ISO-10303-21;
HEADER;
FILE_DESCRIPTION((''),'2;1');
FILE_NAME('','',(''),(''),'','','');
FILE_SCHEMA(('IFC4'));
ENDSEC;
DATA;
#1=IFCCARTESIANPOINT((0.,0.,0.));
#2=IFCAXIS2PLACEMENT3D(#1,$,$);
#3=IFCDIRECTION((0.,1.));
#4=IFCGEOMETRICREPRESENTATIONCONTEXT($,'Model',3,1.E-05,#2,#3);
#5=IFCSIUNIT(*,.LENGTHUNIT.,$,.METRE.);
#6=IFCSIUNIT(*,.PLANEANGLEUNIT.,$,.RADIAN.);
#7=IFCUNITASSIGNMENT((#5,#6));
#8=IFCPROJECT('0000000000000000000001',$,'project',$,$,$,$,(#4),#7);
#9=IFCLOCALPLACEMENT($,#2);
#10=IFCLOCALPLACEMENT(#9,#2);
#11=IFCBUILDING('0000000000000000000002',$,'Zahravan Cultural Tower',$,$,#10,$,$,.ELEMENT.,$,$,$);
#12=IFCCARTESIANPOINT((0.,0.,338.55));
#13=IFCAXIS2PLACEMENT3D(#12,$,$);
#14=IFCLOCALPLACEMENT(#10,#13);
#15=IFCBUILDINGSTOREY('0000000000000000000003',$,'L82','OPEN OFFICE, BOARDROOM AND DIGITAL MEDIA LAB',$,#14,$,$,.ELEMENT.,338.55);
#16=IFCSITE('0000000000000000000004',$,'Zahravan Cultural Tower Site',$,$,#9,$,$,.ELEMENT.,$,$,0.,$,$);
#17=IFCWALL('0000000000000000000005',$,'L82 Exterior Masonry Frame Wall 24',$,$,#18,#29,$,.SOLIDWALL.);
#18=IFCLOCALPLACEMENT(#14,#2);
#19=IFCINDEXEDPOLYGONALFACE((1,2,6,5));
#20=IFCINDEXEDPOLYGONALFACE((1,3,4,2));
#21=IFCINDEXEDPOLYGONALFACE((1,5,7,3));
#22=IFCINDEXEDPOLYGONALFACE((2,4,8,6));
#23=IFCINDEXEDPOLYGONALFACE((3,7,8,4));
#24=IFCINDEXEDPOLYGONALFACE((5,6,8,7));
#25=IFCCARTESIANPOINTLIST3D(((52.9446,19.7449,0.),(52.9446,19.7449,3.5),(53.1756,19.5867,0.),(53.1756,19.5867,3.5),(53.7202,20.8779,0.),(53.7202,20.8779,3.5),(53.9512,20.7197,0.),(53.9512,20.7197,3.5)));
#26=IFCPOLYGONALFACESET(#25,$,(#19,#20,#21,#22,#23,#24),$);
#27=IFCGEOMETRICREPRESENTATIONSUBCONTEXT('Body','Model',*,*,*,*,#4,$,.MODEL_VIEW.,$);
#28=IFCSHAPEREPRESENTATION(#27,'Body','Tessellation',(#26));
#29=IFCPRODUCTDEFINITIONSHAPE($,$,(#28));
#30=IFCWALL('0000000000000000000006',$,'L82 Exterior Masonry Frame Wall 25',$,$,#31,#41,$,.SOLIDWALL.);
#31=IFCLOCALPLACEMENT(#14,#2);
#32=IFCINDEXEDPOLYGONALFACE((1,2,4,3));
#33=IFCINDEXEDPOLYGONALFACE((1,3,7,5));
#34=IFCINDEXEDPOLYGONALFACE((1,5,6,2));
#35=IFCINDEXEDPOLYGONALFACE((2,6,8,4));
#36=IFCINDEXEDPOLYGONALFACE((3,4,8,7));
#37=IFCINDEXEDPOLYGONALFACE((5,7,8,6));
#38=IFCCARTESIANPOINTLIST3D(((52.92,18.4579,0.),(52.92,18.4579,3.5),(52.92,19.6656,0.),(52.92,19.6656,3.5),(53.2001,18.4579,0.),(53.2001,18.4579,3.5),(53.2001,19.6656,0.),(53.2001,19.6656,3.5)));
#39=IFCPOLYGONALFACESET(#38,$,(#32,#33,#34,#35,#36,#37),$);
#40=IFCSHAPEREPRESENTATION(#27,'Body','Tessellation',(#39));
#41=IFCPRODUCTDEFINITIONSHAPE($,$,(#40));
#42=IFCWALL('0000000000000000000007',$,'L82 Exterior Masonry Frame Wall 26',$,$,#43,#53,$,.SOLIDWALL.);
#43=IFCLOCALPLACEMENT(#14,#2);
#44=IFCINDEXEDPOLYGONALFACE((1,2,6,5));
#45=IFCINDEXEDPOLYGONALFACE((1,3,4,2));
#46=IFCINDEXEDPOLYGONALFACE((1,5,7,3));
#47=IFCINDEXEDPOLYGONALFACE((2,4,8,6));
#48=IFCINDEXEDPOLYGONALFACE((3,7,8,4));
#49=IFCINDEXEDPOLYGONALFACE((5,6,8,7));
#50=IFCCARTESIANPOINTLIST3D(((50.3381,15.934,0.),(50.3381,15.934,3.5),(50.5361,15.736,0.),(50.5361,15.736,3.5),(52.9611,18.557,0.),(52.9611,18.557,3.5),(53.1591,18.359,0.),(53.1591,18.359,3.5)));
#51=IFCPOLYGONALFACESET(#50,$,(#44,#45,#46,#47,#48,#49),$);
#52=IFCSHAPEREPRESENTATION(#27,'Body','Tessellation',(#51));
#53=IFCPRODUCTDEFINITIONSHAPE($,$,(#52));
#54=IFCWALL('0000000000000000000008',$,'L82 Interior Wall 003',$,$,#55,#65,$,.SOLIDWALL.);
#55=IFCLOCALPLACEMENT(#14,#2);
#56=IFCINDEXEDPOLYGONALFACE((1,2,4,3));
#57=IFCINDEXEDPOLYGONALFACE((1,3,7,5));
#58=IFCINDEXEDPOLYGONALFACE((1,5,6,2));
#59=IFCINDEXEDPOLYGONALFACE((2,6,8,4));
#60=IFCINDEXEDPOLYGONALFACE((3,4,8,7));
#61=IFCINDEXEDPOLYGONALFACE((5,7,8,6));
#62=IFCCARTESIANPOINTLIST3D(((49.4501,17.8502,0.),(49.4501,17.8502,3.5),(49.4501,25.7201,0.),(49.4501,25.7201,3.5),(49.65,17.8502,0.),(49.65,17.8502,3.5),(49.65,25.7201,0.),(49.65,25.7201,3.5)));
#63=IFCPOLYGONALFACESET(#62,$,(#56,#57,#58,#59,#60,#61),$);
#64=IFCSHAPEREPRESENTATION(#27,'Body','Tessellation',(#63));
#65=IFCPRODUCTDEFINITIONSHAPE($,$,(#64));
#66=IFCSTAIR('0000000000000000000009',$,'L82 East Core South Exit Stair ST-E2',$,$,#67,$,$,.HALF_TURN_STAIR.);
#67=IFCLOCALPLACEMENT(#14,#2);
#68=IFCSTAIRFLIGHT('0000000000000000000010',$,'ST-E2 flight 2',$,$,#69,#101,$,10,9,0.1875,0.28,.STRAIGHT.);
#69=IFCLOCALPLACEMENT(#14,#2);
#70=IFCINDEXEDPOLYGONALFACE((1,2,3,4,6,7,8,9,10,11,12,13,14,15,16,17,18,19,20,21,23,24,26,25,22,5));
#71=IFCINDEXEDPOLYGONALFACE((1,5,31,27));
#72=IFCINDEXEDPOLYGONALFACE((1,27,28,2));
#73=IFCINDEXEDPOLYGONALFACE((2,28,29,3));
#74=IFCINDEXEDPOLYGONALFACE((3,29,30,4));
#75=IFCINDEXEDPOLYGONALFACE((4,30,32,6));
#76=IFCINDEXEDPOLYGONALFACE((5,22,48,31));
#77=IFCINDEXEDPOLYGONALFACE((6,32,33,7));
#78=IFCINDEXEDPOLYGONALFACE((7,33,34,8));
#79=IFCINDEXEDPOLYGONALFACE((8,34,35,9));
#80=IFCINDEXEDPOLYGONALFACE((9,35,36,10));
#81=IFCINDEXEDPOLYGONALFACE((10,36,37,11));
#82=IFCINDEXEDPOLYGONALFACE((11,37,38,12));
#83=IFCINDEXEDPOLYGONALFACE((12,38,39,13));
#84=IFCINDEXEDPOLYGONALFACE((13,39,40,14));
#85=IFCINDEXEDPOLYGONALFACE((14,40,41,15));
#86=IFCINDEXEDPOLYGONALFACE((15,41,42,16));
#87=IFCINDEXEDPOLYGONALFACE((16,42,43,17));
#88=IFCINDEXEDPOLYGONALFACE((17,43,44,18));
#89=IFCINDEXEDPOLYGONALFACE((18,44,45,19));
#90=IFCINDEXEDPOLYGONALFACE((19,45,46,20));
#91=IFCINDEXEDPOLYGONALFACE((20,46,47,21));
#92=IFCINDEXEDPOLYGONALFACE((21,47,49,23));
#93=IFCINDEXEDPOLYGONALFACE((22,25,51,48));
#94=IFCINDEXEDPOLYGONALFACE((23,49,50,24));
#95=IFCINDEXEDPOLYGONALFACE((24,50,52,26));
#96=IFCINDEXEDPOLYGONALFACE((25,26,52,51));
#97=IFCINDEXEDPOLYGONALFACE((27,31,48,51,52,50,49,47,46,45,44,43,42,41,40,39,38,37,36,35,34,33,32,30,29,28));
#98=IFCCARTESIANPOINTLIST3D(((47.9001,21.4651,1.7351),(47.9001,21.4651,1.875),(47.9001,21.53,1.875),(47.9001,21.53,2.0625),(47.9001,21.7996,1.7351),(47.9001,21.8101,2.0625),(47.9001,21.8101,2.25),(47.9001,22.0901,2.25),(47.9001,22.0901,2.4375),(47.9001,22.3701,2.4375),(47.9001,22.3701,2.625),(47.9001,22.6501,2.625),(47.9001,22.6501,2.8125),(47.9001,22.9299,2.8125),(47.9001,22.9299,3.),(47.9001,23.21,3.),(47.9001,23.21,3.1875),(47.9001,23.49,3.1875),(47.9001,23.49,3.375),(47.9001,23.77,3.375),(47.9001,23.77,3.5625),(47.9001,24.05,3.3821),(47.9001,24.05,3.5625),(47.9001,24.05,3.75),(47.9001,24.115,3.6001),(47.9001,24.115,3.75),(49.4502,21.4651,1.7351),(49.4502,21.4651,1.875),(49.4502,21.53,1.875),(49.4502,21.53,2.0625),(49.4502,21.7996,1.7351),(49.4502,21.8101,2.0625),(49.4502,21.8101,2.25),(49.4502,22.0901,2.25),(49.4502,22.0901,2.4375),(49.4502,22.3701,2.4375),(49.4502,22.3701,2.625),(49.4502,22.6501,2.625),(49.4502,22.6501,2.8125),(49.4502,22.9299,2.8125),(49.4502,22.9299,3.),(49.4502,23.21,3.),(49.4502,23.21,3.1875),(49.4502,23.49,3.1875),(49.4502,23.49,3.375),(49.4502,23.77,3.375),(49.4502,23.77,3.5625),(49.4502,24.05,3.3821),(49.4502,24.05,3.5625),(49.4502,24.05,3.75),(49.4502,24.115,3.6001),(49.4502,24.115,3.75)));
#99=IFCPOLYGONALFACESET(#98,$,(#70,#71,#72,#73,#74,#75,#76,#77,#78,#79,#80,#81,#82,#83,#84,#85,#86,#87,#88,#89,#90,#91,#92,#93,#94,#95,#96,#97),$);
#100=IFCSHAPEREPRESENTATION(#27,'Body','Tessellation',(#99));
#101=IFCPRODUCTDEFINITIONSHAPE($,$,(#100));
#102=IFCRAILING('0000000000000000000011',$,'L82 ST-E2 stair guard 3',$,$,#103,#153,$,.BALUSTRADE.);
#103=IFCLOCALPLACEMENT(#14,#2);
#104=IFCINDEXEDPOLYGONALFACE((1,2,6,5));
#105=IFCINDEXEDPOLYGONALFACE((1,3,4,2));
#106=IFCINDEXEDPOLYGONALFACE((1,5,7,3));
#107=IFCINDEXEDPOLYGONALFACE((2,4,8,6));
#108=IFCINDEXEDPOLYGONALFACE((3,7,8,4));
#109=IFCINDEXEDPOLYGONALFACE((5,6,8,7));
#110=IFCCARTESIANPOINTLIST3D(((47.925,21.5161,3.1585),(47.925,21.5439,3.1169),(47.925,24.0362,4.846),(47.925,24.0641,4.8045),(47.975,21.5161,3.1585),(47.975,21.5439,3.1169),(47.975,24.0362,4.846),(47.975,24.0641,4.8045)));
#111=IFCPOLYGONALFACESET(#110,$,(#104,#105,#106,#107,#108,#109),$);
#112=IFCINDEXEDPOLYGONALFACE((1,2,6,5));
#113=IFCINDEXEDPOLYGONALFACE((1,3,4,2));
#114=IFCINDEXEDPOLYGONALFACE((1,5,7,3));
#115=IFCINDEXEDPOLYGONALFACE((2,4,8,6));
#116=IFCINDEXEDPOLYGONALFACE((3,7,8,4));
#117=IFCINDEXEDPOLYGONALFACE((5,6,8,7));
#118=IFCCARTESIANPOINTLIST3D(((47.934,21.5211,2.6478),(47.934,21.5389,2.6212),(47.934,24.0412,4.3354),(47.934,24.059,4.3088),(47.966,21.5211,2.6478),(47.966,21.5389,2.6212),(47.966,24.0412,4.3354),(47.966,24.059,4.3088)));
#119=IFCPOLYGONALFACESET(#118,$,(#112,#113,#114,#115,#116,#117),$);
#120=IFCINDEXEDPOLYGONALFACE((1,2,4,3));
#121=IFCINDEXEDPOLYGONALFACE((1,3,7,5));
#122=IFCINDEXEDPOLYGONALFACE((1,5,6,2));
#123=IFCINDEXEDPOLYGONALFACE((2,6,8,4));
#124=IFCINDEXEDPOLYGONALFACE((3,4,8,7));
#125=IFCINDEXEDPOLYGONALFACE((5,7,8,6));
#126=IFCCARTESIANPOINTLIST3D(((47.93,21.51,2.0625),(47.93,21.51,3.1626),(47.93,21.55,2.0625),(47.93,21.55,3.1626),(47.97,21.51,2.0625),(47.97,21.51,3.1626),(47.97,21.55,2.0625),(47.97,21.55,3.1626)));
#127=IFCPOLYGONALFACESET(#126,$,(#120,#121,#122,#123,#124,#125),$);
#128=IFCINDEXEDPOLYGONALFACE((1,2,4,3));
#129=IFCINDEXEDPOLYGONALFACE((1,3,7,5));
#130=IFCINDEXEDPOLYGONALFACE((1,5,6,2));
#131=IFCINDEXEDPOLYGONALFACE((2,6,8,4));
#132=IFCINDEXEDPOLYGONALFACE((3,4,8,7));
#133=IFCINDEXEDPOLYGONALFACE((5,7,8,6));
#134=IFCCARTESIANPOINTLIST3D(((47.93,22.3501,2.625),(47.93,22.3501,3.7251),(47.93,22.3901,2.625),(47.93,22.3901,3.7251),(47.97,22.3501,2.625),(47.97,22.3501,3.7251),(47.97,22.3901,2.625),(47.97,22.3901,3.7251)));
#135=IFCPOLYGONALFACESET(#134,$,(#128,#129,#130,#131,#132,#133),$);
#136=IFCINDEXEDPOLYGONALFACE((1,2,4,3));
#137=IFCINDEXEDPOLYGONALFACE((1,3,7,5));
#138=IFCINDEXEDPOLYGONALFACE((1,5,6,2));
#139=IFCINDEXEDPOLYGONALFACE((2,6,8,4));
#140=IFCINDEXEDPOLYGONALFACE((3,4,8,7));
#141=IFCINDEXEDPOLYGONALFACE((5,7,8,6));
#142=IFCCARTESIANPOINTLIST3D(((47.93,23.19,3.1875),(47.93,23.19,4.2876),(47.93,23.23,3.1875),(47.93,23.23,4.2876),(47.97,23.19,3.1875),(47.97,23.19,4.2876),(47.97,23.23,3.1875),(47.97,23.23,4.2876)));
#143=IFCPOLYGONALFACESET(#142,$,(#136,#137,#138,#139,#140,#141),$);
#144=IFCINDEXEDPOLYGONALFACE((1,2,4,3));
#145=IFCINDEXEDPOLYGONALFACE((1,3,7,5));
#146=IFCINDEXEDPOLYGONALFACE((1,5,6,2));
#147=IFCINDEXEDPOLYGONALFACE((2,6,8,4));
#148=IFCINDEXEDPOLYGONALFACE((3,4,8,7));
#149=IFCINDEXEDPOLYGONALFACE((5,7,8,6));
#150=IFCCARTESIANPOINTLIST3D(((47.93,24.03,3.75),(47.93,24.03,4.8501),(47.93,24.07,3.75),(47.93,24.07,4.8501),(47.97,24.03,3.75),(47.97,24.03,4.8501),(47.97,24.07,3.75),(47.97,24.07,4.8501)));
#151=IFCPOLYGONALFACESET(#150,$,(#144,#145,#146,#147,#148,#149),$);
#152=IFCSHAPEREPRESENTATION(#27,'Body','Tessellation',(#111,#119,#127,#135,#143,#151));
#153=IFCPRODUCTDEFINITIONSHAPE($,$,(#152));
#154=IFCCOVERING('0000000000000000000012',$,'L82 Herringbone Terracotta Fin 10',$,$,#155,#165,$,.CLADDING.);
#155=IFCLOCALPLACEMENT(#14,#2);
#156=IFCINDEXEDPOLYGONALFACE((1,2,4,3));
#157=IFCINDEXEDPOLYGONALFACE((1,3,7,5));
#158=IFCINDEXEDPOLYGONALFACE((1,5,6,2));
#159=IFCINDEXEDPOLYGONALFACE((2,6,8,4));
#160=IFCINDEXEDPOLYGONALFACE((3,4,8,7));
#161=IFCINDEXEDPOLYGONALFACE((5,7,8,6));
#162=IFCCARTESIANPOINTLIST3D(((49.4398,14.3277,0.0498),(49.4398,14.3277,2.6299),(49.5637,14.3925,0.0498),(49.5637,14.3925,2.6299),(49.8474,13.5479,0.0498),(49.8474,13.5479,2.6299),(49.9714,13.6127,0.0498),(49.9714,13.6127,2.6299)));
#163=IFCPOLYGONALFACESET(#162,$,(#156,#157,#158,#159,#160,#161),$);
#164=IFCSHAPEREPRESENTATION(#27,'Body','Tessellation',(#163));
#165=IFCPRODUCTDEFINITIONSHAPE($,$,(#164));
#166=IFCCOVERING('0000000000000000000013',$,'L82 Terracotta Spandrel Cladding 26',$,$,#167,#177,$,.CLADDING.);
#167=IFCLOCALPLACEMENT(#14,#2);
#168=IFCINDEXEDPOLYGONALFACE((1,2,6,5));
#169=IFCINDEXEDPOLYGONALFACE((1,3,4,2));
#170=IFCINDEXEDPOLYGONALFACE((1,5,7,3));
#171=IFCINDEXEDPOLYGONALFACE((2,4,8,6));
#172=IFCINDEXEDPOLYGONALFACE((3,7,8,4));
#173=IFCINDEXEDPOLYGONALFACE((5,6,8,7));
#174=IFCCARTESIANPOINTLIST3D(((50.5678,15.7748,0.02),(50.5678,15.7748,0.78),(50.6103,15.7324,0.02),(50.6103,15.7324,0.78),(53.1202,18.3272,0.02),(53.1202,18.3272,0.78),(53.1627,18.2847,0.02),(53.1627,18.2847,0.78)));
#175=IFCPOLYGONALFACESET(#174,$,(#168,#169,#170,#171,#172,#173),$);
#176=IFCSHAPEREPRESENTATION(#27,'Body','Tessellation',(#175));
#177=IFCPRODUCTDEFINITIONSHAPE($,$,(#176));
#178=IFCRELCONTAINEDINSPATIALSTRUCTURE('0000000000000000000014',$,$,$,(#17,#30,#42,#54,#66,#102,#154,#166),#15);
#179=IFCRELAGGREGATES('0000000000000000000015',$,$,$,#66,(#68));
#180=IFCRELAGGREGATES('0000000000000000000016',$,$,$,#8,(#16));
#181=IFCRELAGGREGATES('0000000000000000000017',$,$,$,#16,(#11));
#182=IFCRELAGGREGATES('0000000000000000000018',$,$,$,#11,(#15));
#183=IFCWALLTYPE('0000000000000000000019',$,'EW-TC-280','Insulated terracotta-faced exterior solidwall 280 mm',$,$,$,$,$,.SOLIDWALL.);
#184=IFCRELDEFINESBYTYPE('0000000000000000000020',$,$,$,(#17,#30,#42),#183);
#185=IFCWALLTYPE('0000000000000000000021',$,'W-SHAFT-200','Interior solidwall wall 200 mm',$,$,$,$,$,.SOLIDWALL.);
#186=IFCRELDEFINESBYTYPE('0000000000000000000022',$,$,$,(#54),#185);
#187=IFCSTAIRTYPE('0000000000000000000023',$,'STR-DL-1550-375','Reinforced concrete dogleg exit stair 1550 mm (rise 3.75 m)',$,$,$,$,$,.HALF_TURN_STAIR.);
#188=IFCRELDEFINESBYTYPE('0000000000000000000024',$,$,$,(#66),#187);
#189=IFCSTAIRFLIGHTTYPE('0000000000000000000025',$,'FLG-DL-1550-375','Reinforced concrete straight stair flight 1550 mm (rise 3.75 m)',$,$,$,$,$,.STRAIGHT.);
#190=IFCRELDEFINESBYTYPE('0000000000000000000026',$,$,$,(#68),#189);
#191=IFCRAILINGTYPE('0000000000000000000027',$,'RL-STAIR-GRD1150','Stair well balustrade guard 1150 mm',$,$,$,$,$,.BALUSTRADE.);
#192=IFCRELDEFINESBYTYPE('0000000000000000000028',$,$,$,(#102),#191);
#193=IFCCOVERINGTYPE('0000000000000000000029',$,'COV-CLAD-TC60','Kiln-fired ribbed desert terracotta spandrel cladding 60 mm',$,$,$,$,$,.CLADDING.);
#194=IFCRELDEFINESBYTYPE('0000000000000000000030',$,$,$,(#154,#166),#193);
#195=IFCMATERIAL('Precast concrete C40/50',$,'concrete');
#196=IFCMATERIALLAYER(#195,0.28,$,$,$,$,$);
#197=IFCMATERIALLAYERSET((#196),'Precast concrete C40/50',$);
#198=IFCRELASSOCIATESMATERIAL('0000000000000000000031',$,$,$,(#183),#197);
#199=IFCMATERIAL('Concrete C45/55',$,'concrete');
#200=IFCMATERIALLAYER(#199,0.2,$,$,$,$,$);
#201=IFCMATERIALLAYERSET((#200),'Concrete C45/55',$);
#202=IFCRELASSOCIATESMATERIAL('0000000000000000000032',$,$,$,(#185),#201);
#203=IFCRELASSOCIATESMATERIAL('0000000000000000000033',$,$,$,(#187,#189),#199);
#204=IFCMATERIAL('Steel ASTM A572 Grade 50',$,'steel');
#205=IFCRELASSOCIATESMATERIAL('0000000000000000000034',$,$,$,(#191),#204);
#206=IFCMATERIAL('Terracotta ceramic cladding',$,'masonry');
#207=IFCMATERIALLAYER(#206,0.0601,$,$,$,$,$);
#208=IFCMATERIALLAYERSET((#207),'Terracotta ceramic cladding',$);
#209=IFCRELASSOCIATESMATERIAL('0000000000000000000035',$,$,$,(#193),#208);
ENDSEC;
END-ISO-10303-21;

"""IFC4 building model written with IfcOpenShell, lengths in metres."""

from ifc_helpers import new_model, si_unit, direction, frame, frame_2d, origin, origin_2d, place, context, subcontext, project, spatial, polyline, rectangle, outline, extrude, source, transform, mapped, material, layer, layer_set, type_object, element, aggregate, save


model = new_model("IFC4")

# Units and contexts
model_context = context("Model", 3, precision=1e-05, world=origin(), true_north=direction((0.0, 1.0)))
body_context = subcontext(model_context, "Body", "Model", "MODEL_VIEW")
ifc_project = project(units=[si_unit("LENGTHUNIT", "METRE"), si_unit("PLANEANGLEUNIT", "RADIAN")], contexts=[model_context])

# Site, building, storey
site_placement = place(None, origin())
site = spatial("IfcSite", under=ifc_project, at=site_placement, Name="Zahravan Cultural Tower Site", CompositionType="ELEMENT", RefElevation=0.0)
building_placement = place(site_placement, origin())
building = spatial("IfcBuilding", under=site, at=building_placement, Name="Zahravan Cultural Tower", CompositionType="ELEMENT")
storey_placement = place(building_placement, frame((0.0, 0.0, 338.55)))
storey = spatial("IfcBuildingStorey", under=building, at=storey_placement, Name="L82", Description="OPEN OFFICE, BOARDROOM AND DIGITAL MEDIA LAB", CompositionType="ELEMENT", Elevation=338.55)

# Shared definitions
ifc_material_1 = material(Name="Precast concrete C40/50", Category="concrete")
ifc_layer_1 = layer(ifc_material_1, 0.28)
ifc_layer_set_1 = layer_set([ifc_layer_1], Name="Precast concrete C40/50")
wall_type_1 = type_object("IfcWallType", Name="EW-TC-280", Description="Insulated terracotta-faced exterior solidwall 280 mm", PredefinedType="SOLIDWALL", material=ifc_layer_set_1)

# Walls
shared_shape_1 = source(origin(), body_context, "Body", "SweptSolid", [
    extrude(rectangle(XDim=1.373, YDim=0.28, at=frame_2d((0.6865, 0.0))), origin(), (0.0, 0.0, 1.0), 3.5),
])
wall_1_placement = place(storey_placement, frame((53.8357, 20.7988, 0.0), z_axis=(0.0, 0.0, 1.0), x_axis=(-0.564875, -0.825176, 0.0)))
element("IfcWall", 1, at=wall_1_placement, inside=storey, type_object=wall_type_1, Name="L82 Exterior Masonry Frame Wall 24", PredefinedType="SOLIDWALL", context=body_context, shape_type="MappedRepresentation", body=[
    mapped(shared_shape_1, transform((0.0, 0.0, 0.0), x_axis=(1.0, 0.0, 0.0), y_axis=(0.0, 1.0, 0.0), z_axis=(0.0, 0.0, 1.0), scale=1.0)),
])
shared_shape_2 = source(origin(), body_context, "Body", "SweptSolid", [
    extrude(rectangle(XDim=1.2078, YDim=0.28, at=frame_2d((0.604, 0.0))), origin(), (0.0, 0.0, 1.0), 3.5),
])
wall_2_placement = place(storey_placement, frame((53.0601, 19.6658, 0.0), z_axis=(0.0, 0.0, 1.0), x_axis=(0.0, -1.0, 0.0)))
element("IfcWall", 2, at=wall_2_placement, inside=storey, type_object=wall_type_1, Name="L82 Exterior Masonry Frame Wall 25", PredefinedType="SOLIDWALL", context=body_context, shape_type="MappedRepresentation", body=[
    mapped(shared_shape_2, transform((0.0, 0.0, 0.0), x_axis=(1.0, 0.0, 0.0), y_axis=(0.0, 1.0, 0.0), z_axis=(0.0, 0.0, 1.0), scale=1.0)),
])
shared_shape_3 = source(origin(), body_context, "Body", "SweptSolid", [
    extrude(rectangle(XDim=3.7095, YDim=0.28, at=frame_2d((1.8547, 0.0))), origin(), (0.0, 0.0, 1.0), 3.5),
])
wall_3_placement = place(storey_placement, frame((53.0601, 18.458, 0.0), z_axis=(0.0, 0.0, 1.0), x_axis=(-0.707107, -0.707107, 0.0)))
element("IfcWall", 3, at=wall_3_placement, inside=storey, type_object=wall_type_1, Name="L82 Exterior Masonry Frame Wall 26", PredefinedType="SOLIDWALL", context=body_context, shape_type="MappedRepresentation", body=[
    mapped(shared_shape_3, transform((0.0, 0.0, 0.0), x_axis=(1.0, 0.0, 0.0), y_axis=(0.0, 1.0, 0.0), z_axis=(0.0, 0.0, 1.0), scale=1.0)),
])
ifc_material_2 = material(Name="Concrete C45/55", Category="concrete")
ifc_layer_2 = layer(ifc_material_2, 0.2)
ifc_layer_set_2 = layer_set([ifc_layer_2], Name="Concrete C45/55")
wall_type_2 = type_object("IfcWallType", Name="W-SHAFT-200", Description="Interior solidwall wall 200 mm", PredefinedType="SOLIDWALL", material=ifc_layer_set_2)
shared_shape_4 = source(origin(), body_context, "Body", "SweptSolid", [
    extrude(rectangle(XDim=7.8699, YDim=0.2, at=frame_2d((3.9351, 0.0))), origin(), (0.0, 0.0, 1.0), 3.5),
])
wall_4_placement = place(storey_placement, frame((49.55, 17.8501, 0.0), z_axis=(0.0, 0.0, 1.0), x_axis=(0.0, 1.0, 0.0)))
element("IfcWall", 4, at=wall_4_placement, inside=storey, type_object=wall_type_2, Name="L82 Interior Wall 003", PredefinedType="SOLIDWALL", context=body_context, shape_type="MappedRepresentation", body=[
    mapped(shared_shape_4, transform((0.0, 0.0, 0.0), x_axis=(1.0, 0.0, 0.0), y_axis=(0.0, 1.0, 0.0), z_axis=(0.0, 0.0, 1.0), scale=1.0)),
])

# Stair, stair flight
stair_type = type_object("IfcStairType", Name="STR-DL-1550-375", Description="Reinforced concrete dogleg exit stair 1550 mm (rise 3.75 m)", PredefinedType="HALF_TURN_STAIR", material=ifc_material_2)
stair_placement = place(storey_placement, origin())
stair = element("IfcStair", 5, at=stair_placement, inside=storey, type_object=stair_type, Name="L82 East Core South Exit Stair ST-E2", PredefinedType="HALF_TURN_STAIR")
stair_flight_type = type_object("IfcStairFlightType", Name="FLG-DL-1550-375", Description="Reinforced concrete straight stair flight 1550 mm (rise 3.75 m)", PredefinedType="STRAIGHT", material=ifc_material_2)
stair_flight_placement = place(storey_placement, frame((48.675, 21.53, 1.875), z_axis=(0.0, 0.0, 1.0), x_axis=(0.0, 1.0, 0.0)))
stair_flight = element("IfcStairFlight", 6, at=stair_flight_placement, type_object=stair_flight_type, Name="ST-E2 flight 2", NumberOfRisers=10, NumberOfTreads=9, PredefinedType="STRAIGHT", RiserHeight=0.1875, TreadLength=0.28, context=body_context, shape_type="SweptSolid", body=[
    extrude(outline(polyline([(-0.0649, -0.1399), (-0.0649, 0.0), (0.0, 0.0), (0.0, 0.1875), (0.28, 0.1875), (0.28, 0.375), (0.5601, 0.375), (0.5601, 0.5625), (0.8401, 0.5625), (0.8401, 0.75), (1.1201, 0.75), (1.1201, 0.9375), (1.3999, 0.9375), (1.3999, 1.125), (1.6799, 1.125), (1.6799, 1.3125), (1.96, 1.3125), (1.96, 1.5), (2.24, 1.5), (2.24, 1.6875), (2.52, 1.6875), (2.52, 1.875), (2.585, 1.875), (2.585, 1.7251), (2.52, 1.5071), (0.2695, -0.1399), (-0.0649, -0.1399)])), frame((0.0, 0.7749, 0.0), z_axis=(0.0, -1.0, 0.0), x_axis=(1.0, 0.0, 0.0)), (0.0, 0.0, 1.0), 1.55),
])
aggregate(stair, [stair_flight])

# Railing
ifc_material_3 = material(Name="Steel ASTM A572 Grade 50", Category="steel")
railing_type = type_object("IfcRailingType", Name="RL-STAIR-GRD1150", Description="Stair well balustrade guard 1150 mm", PredefinedType="BALUSTRADE", material=ifc_material_3)
railing_placement = place(storey_placement, frame((47.95, 21.53, 2.0625)))
element("IfcRailing", 7, at=railing_placement, inside=storey, type_object=railing_type, Name="L82 ST-E2 stair guard 3", PredefinedType="BALUSTRADE", context=body_context, shape_type="SweptSolid", body=[
    extrude(rectangle(XDim=0.05, YDim=0.05, at=origin_2d()), frame((0.0, 0.0, 1.0752), z_axis=(0.0, 0.830909, 0.556408), x_axis=(-1.0, 0.0, 0.0)), (0.0, 0.0, 1.0), 3.033),
    extrude(rectangle(XDim=0.032, YDim=0.032, at=origin_2d()), frame((0.0, 0.0, 0.572), z_axis=(0.0, 0.830909, 0.556408), x_axis=(-1.0, 0.0, 0.0)), (0.0, 0.0, 1.0), 3.033),
    extrude(rectangle(XDim=0.04, YDim=0.04, at=origin_2d()), origin(), (0.0, 0.0, 1.0), 1.1001),
    extrude(rectangle(XDim=0.04, YDim=0.04, at=origin_2d()), frame((0.0, 0.8401, 0.5625)), (0.0, 0.0, 1.0), 1.1001),
    extrude(rectangle(XDim=0.04, YDim=0.04, at=origin_2d()), frame((0.0, 1.6799, 1.125)), (0.0, 0.0, 1.0), 1.1001),
    extrude(rectangle(XDim=0.04, YDim=0.04, at=origin_2d()), frame((0.0, 2.52, 1.6875)), (0.0, 0.0, 1.0), 1.1001),
])

# Coverings
ifc_material_4 = material(Name="Terracotta ceramic cladding", Category="masonry")
ifc_layer_3 = layer(ifc_material_4, 0.0601)
ifc_layer_set_3 = layer_set([ifc_layer_3], Name="Terracotta ceramic cladding")
covering_type = type_object("IfcCoveringType", Name="COV-CLAD-TC60", Description="Kiln-fired ribbed desert terracotta spandrel cladding 60 mm", PredefinedType="CLADDING", material=ifc_layer_set_3)
shared_shape_5 = source(origin(), body_context, "Body", "SweptSolid", [
    extrude(rectangle(XDim=0.8799, YDim=0.1399, at=origin_2d()), origin(), (0.0, 0.0, 1.0), 2.5801),
])
covering_1_placement = place(storey_placement, frame((49.7056, 13.9702, 0.0498), z_axis=(0.0, 0.0, 1.0), x_axis=(0.463312, -0.886195, 0.0)))
element("IfcCovering", 8, at=covering_1_placement, inside=storey, type_object=covering_type, Name="L82 Herringbone Terracotta Fin 10", PredefinedType="CLADDING", context=body_context, shape_type="MappedRepresentation", body=[
    mapped(shared_shape_5, transform((0.0, 0.0, 0.0), x_axis=(1.0, 0.0, 0.0), y_axis=(0.0, 1.0, 0.0), z_axis=(0.0, 0.0, 1.0), scale=1.0)),
])
shared_shape_6 = source(origin(), body_context, "Body", "SweptSolid", [
    extrude(rectangle(XDim=3.6096, YDim=0.0601, at=origin_2d()), origin(), (0.0, 0.0, 1.0), 0.76),
])
covering_2_placement = place(storey_placement, frame((51.8652, 17.0298, 0.02), z_axis=(0.0, 0.0, 1.0), x_axis=(-0.707107, -0.707107, 0.0)))
element("IfcCovering", 9, at=covering_2_placement, inside=storey, type_object=covering_type, Name="L82 Terracotta Spandrel Cladding 26", PredefinedType="CLADDING", context=body_context, shape_type="MappedRepresentation", body=[
    mapped(shared_shape_6, transform((0.0, 0.0, 0.0), x_axis=(1.0, 0.0, 0.0), y_axis=(0.0, 1.0, 0.0), z_axis=(0.0, 0.0, 1.0), scale=1.0)),
])

save(model, "model.ifc")
